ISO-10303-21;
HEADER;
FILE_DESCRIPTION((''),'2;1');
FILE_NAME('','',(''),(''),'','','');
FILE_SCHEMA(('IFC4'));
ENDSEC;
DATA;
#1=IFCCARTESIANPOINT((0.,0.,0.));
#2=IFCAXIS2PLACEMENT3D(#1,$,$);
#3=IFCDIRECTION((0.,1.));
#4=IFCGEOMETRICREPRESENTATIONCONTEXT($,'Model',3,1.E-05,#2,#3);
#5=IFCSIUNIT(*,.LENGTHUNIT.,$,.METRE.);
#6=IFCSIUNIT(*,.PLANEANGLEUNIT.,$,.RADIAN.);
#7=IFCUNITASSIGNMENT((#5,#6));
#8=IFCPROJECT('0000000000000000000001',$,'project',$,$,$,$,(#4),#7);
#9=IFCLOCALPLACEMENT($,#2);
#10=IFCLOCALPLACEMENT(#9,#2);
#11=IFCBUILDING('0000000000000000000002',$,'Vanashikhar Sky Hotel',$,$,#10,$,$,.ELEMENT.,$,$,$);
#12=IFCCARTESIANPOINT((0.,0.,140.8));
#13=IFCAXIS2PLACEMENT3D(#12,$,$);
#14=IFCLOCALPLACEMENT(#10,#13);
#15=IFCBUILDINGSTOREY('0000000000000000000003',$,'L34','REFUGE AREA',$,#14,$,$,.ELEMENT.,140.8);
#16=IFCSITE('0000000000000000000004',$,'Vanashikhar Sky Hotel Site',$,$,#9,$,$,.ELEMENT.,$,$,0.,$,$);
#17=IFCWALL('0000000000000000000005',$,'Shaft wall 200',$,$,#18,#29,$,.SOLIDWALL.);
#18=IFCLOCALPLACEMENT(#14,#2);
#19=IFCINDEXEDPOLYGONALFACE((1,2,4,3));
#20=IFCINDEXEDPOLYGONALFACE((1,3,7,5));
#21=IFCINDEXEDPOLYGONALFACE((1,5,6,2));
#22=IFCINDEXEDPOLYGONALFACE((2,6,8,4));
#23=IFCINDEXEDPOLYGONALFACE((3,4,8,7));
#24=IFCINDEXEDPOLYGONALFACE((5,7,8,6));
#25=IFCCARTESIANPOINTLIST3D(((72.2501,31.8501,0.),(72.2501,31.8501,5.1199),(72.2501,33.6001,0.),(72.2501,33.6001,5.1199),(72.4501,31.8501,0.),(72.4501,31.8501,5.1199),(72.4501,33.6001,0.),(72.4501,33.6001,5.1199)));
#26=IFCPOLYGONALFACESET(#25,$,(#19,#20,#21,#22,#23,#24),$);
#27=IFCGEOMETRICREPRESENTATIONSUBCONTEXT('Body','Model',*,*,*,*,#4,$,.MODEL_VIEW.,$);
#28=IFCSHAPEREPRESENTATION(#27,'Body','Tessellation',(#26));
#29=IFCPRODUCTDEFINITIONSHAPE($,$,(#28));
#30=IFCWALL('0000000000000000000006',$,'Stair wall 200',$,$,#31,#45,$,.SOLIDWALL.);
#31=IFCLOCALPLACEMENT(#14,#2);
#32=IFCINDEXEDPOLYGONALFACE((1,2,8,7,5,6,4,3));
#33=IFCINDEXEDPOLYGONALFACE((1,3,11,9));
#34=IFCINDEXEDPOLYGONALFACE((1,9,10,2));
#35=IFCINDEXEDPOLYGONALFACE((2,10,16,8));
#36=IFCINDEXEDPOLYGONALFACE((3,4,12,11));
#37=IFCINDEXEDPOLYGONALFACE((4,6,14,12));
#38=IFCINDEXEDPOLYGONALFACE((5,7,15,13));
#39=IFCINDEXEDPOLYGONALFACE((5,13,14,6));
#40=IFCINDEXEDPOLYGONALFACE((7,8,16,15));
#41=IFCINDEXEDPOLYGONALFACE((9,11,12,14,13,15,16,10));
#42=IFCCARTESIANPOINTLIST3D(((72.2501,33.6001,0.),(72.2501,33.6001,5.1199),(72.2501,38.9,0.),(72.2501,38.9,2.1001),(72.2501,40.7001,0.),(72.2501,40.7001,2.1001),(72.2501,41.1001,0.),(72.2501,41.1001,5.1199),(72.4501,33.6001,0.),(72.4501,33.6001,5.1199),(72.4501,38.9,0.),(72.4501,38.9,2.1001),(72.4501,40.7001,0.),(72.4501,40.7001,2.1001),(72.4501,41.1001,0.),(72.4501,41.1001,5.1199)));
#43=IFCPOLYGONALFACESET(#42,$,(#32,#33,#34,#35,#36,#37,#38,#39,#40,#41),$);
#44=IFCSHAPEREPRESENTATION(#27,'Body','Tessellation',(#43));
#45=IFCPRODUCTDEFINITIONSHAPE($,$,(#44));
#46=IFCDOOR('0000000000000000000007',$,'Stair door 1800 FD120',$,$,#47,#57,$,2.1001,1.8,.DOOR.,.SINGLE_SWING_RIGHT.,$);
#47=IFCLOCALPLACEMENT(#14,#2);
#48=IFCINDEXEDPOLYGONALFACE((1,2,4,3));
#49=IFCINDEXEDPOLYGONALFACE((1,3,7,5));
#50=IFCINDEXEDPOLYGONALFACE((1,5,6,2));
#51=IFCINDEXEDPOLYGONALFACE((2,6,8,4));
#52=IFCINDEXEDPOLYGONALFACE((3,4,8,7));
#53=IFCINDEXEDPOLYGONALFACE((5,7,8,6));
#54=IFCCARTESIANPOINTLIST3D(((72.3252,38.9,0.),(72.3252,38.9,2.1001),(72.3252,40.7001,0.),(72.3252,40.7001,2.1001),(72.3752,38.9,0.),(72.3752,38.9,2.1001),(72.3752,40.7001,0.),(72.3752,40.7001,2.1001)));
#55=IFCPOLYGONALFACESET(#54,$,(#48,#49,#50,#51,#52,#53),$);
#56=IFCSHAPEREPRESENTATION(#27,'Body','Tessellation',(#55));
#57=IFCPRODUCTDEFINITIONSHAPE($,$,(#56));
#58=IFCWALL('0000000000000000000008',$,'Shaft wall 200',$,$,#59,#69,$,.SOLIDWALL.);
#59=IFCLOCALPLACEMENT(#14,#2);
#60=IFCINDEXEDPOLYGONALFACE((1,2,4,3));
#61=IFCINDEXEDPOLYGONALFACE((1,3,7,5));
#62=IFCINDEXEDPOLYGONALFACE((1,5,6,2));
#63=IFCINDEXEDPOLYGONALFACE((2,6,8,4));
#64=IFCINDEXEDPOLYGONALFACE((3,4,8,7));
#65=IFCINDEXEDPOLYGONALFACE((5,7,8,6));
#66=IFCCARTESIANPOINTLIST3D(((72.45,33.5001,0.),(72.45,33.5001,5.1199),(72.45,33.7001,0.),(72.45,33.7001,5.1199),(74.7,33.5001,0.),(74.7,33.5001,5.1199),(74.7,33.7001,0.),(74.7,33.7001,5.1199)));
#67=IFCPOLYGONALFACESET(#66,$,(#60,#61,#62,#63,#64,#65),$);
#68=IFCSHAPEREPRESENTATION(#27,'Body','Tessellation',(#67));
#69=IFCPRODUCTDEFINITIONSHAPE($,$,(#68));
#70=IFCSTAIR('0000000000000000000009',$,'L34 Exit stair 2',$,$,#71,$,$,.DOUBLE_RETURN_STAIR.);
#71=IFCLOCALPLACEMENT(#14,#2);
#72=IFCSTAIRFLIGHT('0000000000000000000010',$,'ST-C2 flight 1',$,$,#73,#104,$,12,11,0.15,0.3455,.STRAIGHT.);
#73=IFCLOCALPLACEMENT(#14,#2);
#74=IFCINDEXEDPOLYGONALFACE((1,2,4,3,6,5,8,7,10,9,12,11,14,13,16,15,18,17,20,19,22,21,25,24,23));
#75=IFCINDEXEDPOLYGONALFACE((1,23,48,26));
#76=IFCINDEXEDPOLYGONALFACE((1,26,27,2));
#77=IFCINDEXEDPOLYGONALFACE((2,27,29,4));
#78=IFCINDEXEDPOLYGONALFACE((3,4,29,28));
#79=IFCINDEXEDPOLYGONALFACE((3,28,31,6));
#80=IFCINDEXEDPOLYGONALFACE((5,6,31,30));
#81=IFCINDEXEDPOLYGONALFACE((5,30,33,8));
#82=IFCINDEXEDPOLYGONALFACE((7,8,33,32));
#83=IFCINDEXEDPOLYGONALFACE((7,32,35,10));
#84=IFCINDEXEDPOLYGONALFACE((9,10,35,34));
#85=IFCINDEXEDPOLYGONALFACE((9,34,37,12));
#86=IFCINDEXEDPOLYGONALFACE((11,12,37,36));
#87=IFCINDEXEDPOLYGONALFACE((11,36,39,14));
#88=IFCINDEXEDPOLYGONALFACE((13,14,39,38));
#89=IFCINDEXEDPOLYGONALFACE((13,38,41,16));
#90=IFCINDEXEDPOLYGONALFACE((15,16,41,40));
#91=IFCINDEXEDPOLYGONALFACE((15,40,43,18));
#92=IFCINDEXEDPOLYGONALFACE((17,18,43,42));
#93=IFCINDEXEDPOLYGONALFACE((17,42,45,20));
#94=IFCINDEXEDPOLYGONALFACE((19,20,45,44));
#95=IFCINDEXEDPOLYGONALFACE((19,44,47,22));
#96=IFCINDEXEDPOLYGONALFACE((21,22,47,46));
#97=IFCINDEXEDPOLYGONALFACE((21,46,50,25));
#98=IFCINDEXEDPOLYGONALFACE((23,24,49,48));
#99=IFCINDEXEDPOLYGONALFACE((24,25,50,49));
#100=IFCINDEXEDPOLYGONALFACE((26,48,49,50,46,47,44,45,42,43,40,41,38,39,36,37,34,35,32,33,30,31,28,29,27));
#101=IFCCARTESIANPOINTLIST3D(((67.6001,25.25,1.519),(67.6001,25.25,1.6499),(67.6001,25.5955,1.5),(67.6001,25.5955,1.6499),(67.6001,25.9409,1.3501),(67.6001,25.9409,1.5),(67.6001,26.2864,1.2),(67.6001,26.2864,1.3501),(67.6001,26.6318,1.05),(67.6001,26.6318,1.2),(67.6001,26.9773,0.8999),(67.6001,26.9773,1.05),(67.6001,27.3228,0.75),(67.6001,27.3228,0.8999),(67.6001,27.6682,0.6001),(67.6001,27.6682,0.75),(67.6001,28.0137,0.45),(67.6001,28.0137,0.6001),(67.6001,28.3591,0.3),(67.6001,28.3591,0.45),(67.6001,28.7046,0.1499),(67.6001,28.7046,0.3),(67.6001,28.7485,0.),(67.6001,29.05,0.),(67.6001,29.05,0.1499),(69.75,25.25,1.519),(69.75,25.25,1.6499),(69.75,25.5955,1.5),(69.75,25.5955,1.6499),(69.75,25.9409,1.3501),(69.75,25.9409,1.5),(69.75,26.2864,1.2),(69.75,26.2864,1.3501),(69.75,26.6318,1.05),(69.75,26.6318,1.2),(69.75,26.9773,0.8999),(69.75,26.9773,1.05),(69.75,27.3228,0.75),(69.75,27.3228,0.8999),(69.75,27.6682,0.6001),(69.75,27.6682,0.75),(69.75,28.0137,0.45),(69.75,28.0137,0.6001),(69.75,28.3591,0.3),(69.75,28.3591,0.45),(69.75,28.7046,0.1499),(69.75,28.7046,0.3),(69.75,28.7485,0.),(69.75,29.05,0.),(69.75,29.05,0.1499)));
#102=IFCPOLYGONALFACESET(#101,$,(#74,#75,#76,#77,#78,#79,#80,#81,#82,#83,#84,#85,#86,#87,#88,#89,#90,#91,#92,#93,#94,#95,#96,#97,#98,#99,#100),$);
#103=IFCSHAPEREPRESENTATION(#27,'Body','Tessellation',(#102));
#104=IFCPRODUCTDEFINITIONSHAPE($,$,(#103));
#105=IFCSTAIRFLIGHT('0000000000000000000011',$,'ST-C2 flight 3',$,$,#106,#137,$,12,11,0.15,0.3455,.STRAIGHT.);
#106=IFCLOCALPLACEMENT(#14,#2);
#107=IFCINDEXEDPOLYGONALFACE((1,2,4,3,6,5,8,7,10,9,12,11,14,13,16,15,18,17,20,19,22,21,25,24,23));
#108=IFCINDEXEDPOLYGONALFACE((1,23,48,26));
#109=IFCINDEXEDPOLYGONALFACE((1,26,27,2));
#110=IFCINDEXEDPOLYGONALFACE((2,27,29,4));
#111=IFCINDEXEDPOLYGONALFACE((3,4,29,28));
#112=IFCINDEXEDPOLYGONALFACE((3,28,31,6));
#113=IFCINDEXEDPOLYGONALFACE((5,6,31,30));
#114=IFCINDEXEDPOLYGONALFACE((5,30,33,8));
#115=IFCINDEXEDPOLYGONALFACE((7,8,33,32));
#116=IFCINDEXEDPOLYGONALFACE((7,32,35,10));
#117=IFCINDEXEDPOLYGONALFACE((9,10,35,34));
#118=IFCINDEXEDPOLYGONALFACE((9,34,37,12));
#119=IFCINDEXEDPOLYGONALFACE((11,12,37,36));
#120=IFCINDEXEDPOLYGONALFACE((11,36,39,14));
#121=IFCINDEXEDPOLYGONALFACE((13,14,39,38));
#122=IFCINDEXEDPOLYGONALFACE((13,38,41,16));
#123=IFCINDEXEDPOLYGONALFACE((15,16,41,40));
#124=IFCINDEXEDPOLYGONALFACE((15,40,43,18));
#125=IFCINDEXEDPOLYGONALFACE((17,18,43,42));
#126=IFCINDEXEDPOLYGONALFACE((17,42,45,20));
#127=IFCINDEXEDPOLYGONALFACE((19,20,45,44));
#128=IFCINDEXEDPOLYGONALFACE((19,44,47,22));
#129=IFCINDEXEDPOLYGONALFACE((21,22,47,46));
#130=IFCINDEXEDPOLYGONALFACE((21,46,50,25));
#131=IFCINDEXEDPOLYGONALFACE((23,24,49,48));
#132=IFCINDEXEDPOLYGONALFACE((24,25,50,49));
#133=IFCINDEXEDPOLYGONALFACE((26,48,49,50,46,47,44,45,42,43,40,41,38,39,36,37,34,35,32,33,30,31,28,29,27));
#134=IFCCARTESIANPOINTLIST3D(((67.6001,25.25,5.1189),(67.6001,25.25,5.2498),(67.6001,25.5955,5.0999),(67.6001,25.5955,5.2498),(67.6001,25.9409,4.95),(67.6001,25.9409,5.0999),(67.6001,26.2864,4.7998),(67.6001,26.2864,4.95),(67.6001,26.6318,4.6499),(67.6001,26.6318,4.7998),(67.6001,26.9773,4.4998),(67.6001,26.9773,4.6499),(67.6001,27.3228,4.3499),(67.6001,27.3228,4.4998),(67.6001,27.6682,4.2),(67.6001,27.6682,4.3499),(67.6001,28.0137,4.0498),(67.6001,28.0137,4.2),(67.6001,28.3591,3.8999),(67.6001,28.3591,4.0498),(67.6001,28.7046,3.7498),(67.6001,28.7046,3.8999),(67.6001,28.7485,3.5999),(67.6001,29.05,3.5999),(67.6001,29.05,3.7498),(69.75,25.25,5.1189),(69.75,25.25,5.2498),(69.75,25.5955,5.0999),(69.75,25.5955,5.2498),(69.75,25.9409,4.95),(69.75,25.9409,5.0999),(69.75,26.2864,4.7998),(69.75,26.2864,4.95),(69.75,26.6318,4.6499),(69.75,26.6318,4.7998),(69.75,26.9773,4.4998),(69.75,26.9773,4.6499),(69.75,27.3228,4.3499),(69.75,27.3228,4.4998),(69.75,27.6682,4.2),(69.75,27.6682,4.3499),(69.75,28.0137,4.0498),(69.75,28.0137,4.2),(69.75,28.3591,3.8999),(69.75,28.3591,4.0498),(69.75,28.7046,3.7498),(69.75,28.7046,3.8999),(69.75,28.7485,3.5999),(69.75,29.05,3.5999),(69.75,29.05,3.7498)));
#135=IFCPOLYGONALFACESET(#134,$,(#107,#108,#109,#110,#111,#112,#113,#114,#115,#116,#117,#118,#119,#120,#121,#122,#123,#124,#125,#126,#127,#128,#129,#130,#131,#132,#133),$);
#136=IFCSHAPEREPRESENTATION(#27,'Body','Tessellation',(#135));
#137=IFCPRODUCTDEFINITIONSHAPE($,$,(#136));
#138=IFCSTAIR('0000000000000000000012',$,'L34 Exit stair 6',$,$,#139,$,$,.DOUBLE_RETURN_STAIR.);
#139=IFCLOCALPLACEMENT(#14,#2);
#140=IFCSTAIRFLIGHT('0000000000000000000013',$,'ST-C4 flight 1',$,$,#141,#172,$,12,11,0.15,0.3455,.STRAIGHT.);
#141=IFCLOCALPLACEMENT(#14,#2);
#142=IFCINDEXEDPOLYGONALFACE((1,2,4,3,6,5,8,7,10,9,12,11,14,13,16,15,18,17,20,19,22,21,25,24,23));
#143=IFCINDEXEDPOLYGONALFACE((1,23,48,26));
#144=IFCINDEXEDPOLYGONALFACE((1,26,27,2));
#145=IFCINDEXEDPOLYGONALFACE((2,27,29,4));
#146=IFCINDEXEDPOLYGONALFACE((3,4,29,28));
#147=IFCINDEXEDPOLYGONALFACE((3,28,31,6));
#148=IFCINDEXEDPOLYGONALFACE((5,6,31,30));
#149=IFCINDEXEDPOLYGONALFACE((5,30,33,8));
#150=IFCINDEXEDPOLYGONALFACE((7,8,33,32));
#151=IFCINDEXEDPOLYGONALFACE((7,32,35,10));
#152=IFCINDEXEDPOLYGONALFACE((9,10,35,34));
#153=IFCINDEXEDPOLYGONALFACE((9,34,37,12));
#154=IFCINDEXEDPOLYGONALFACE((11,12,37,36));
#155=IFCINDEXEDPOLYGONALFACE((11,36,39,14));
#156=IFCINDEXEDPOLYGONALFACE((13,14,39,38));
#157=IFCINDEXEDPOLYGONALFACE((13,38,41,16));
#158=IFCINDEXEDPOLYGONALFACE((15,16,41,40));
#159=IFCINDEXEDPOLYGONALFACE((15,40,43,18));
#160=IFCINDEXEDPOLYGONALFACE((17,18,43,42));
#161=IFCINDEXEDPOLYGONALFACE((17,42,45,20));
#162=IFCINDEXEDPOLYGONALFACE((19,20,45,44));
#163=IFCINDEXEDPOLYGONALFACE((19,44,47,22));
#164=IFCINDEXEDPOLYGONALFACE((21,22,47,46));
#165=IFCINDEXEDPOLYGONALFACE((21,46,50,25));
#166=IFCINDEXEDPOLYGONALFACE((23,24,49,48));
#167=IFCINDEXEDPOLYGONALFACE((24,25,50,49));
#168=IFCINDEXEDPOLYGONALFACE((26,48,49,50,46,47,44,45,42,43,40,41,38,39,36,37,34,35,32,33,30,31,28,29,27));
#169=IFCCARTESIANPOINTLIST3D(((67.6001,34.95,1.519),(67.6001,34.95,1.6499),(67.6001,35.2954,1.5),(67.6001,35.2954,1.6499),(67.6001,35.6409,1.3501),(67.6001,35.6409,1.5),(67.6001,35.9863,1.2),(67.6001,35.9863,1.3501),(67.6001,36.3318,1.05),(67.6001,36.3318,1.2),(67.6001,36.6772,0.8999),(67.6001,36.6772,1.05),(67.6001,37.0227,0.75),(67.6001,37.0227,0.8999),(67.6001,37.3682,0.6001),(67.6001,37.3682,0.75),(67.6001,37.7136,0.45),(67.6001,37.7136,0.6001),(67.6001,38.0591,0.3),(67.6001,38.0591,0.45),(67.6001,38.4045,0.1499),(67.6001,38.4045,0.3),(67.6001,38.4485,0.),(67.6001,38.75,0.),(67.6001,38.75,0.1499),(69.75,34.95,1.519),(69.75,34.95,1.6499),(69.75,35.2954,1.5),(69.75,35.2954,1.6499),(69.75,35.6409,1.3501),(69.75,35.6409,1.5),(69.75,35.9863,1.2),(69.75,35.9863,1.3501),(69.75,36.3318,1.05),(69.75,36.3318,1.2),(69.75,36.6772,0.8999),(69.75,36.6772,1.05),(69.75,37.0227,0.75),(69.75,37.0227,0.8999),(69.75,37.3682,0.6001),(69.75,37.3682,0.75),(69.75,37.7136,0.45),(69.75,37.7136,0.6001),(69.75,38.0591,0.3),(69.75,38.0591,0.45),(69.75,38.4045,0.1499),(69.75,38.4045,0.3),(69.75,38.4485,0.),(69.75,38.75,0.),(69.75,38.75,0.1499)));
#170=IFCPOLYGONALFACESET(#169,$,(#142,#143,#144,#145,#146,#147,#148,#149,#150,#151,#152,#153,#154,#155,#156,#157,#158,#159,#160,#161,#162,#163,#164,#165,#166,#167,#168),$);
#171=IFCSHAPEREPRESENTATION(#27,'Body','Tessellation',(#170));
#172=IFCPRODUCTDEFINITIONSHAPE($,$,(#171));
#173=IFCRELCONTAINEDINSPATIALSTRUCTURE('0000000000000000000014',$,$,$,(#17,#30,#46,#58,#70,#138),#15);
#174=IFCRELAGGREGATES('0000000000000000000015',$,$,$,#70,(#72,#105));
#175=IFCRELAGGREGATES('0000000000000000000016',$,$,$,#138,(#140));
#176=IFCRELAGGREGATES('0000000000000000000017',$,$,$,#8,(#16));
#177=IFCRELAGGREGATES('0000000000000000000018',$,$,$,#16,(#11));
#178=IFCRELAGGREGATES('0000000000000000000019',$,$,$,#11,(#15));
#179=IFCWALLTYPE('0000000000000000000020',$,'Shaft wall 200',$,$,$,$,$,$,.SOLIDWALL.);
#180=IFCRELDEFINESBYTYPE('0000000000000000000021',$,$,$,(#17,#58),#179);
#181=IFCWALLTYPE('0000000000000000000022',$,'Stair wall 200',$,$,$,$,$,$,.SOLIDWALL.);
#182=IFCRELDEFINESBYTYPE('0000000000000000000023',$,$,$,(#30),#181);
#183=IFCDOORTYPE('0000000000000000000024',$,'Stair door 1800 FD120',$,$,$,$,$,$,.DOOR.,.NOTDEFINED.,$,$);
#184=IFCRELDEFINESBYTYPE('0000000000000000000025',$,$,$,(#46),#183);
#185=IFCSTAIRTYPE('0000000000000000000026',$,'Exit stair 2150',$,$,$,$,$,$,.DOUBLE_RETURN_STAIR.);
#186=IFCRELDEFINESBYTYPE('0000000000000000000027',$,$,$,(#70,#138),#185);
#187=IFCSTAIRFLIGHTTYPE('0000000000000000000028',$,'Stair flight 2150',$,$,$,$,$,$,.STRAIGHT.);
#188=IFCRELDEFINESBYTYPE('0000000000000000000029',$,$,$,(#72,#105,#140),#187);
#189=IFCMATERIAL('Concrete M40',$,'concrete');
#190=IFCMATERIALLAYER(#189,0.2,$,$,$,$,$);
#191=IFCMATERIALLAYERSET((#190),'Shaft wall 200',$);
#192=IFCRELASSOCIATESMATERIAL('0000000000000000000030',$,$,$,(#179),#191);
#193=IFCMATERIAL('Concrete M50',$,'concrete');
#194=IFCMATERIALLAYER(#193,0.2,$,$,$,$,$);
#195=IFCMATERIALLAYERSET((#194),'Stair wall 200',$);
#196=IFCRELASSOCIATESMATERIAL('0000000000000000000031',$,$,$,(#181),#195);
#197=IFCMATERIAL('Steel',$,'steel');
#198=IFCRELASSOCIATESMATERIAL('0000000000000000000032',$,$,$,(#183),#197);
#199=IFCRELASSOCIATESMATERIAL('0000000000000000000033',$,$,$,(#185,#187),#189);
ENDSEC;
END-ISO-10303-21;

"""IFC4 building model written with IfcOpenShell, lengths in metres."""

from ifc_helpers import new_model, si_unit, direction, frame, frame_2d, origin, place, context, subcontext, project, spatial, polyline, rectangle, outline, extrude, source, transform, mapped, material, layer, layer_set, type_object, element, fill, aggregate, save


model = new_model("IFC4")

# Units and contexts
model_context = context("Model", 3, precision=1e-05, world=origin(), true_north=direction((0.0, 1.0)))
body_context = subcontext(model_context, "Body", "Model", "MODEL_VIEW")
ifc_project = project(units=[si_unit("LENGTHUNIT", "METRE"), si_unit("PLANEANGLEUNIT", "RADIAN")], contexts=[model_context])

# Site, building, storey
site_placement = place(None, origin())
site = spatial("IfcSite", under=ifc_project, at=site_placement, Name="Vanashikhar Sky Hotel Site", CompositionType="ELEMENT", RefElevation=0.0)
building_placement = place(site_placement, origin())
building = spatial("IfcBuilding", under=site, at=building_placement, Name="Vanashikhar Sky Hotel", CompositionType="ELEMENT")
storey_placement = place(building_placement, frame((0.0, 0.0, 140.8)))
storey = spatial("IfcBuildingStorey", under=building, at=storey_placement, Name="L34", Description="REFUGE AREA", CompositionType="ELEMENT", Elevation=140.8)

# Wall
ifc_material_1 = material(Name="Concrete M40", Category="concrete")
ifc_layer_1 = layer(ifc_material_1, 0.2)
ifc_layer_set_1 = layer_set([ifc_layer_1], Name="Shaft wall 200")
wall_type_1 = type_object("IfcWallType", Name="Shaft wall 200", PredefinedType="SOLIDWALL", material=ifc_layer_set_1)
shared_shape_1 = source(origin(), body_context, "Body", "SweptSolid", [
    extrude(rectangle(XDim=1.75, YDim=0.2, at=frame_2d((0.875, 0.0))), origin(), (0.0, 0.0, 1.0), 5.1199),
])
wall_1_placement = place(storey_placement, frame((72.3501, 31.8501, 0.0), z_axis=(0.0, 0.0, 1.0), x_axis=(0.0, 1.0, 0.0)))
element("IfcWall", 1, at=wall_1_placement, inside=storey, type_object=wall_type_1, Name="Shaft wall 200", PredefinedType="SOLIDWALL", context=body_context, shape_type="MappedRepresentation", body=[
    mapped(shared_shape_1, transform((0.0, 0.0, 0.0), scale=1.0)),
])

# Wall, opening, door
ifc_material_2 = material(Name="Concrete M50", Category="concrete")
ifc_layer_2 = layer(ifc_material_2, 0.2)
ifc_layer_set_2 = layer_set([ifc_layer_2], Name="Stair wall 200")
wall_type_2 = type_object("IfcWallType", Name="Stair wall 200", PredefinedType="SOLIDWALL", material=ifc_layer_set_2)
shared_shape_2 = source(origin(), body_context, "Body", "SweptSolid", [
    extrude(rectangle(XDim=7.5, YDim=0.2, at=frame_2d((3.75, 0.0))), origin(), (0.0, 0.0, 1.0), 5.1199),
])
wall_2_placement = place(storey_placement, frame((72.3501, 33.6001, 0.0), z_axis=(0.0, 0.0, 1.0), x_axis=(0.0, 1.0, 0.0)))
wall_2 = element("IfcWall", 2, at=wall_2_placement, inside=storey, type_object=wall_type_2, Name="Stair wall 200", PredefinedType="SOLIDWALL", context=body_context, shape_type="MappedRepresentation", body=[
    mapped(shared_shape_2, transform((0.0, 0.0, 0.0), scale=1.0)),
])
shared_shape_3 = source(origin(), body_context, "Body", "SweptSolid", [
    extrude(rectangle(XDim=1.8, YDim=2.1001, at=frame_2d((0.8999, 1.05))), frame((0.0, 0.1099, 0.0), z_axis=(0.0, -1.0, 0.0), x_axis=(1.0, 0.0, 0.0)), (0.0, 0.0, 1.0), 0.22),
])
opening_placement = place(wall_2_placement, frame((5.3, 0.0, 0.0)))
opening = element("IfcOpeningElement", 3, at=opening_placement, cuts=wall_2, PredefinedType="OPENING", context=body_context, shape_type="MappedRepresentation", body=[
    mapped(shared_shape_3, transform((0.0, 0.0, 0.0), scale=1.0)),
])
ifc_material_3 = material(Name="Steel", Category="steel")
door_type = type_object("IfcDoorType", Name="Stair door 1800 FD120", OperationType="NOTDEFINED", PredefinedType="DOOR", material=ifc_material_3)
shared_shape_4 = source(origin(), body_context, "Body", "SweptSolid", [
    extrude(rectangle(XDim=1.8, YDim=2.1001, at=frame_2d((0.8999, 1.05))), frame((0.0, 0.0249, 0.0), z_axis=(0.0, -1.0, 0.0), x_axis=(1.0, 0.0, 0.0)), (0.0, 0.0, 1.0), 0.05),
])
door_placement = place(opening_placement, origin())
door = element("IfcDoor", 4, at=door_placement, inside=storey, type_object=door_type, Name="Stair door 1800 FD120", OperationType="SINGLE_SWING_RIGHT", OverallHeight=2.1001, OverallWidth=1.8, PredefinedType="DOOR", context=body_context, shape_type="MappedRepresentation", body=[
    mapped(shared_shape_4, transform((0.0, 0.0, 0.0), scale=1.0)),
])
fill(opening, door)

# Wall
shared_shape_5 = source(origin(), body_context, "Body", "SweptSolid", [
    extrude(rectangle(XDim=2.25, YDim=0.2, at=frame_2d((1.125, 0.0))), origin(), (0.0, 0.0, 1.0), 5.1199),
])
wall_3_placement = place(storey_placement, frame((72.45, 33.6001, 0.0), z_axis=(0.0, 0.0, 1.0), x_axis=(1.0, 0.0, 0.0)))
element("IfcWall", 5, at=wall_3_placement, inside=storey, type_object=wall_type_1, Name="Shaft wall 200", PredefinedType="SOLIDWALL", context=body_context, shape_type="MappedRepresentation", body=[
    mapped(shared_shape_5, transform((0.0, 0.0, 0.0), scale=1.0)),
])

# Stairs, stair flights
stair_type = type_object("IfcStairType", Name="Exit stair 2150", PredefinedType="DOUBLE_RETURN_STAIR", material=ifc_material_1)
stair_1_placement = place(storey_placement, origin())
stair_1 = element("IfcStair", 6, at=stair_1_placement, inside=storey, type_object=stair_type, Name="L34 Exit stair 2", PredefinedType="DOUBLE_RETURN_STAIR")
stair_flight_type = type_object("IfcStairFlightType", Name="Stair flight 2150", PredefinedType="STRAIGHT", material=ifc_material_1)
shared_shape_6 = source(origin(), body_context, "Body", "SweptSolid", [
    extrude(outline(polyline([(0.0, 0.0), (0.0, 0.1499), (0.3455, 0.1499), (0.3455, 0.3), (0.6909, 0.3), (0.6909, 0.45), (1.0364, 0.45), (1.0364, 0.6001), (1.3818, 0.6001), (1.3818, 0.75), (1.7273, 0.75), (1.7273, 0.8999), (2.0728, 0.8999), (2.0728, 1.05), (2.4182, 1.05), (2.4182, 1.2), (2.7637, 1.2), (2.7637, 1.3501), (3.1091, 1.3501), (3.1091, 1.5), (3.4546, 1.5), (3.4546, 1.6499), (3.8, 1.6499), (3.8, 1.8), (3.8, 1.519), (0.3015, 0.0), (0.0, 0.0)])), frame((0.0, 1.075, 0.0), z_axis=(0.0, -1.0, 0.0), x_axis=(1.0, 0.0, 0.0)), (0.0, 0.0, 1.0), 2.1499),
])
stair_flight_1_placement = place(storey_placement, frame((68.675, 29.05, 0.0), z_axis=(0.0, 0.0, 1.0), x_axis=(0.0, -1.0, 0.0)))
stair_flight_1 = element("IfcStairFlight", 7, at=stair_flight_1_placement, type_object=stair_flight_type, Name="ST-C2 flight 1", NumberOfRisers=12, NumberOfTreads=11, PredefinedType="STRAIGHT", RiserHeight=0.15, TreadLength=0.3455, context=body_context, shape_type="MappedRepresentation", body=[
    mapped(shared_shape_6, transform((0.0, 0.0, 0.0), scale=1.0)),
])
stair_flight_2_placement = place(storey_placement, frame((68.675, 29.05, 3.5999), z_axis=(0.0, 0.0, 1.0), x_axis=(0.0, -1.0, 0.0)))
stair_flight_2 = element("IfcStairFlight", 8, at=stair_flight_2_placement, type_object=stair_flight_type, Name="ST-C2 flight 3", NumberOfRisers=12, NumberOfTreads=11, PredefinedType="STRAIGHT", RiserHeight=0.15, TreadLength=0.3455, context=body_context, shape_type="MappedRepresentation", body=[
    mapped(shared_shape_6, transform((0.0, 0.0, 0.0), scale=1.0)),
])
aggregate(stair_1, [stair_flight_1, stair_flight_2])
stair_2_placement = place(storey_placement, origin())
stair_2 = element("IfcStair", 9, at=stair_2_placement, inside=storey, type_object=stair_type, Name="L34 Exit stair 6", PredefinedType="DOUBLE_RETURN_STAIR")
stair_flight_3_placement = place(storey_placement, frame((68.675, 38.75, 0.0), z_axis=(0.0, 0.0, 1.0), x_axis=(0.0, -1.0, 0.0)))
stair_flight_3 = element("IfcStairFlight", 10, at=stair_flight_3_placement, type_object=stair_flight_type, Name="ST-C4 flight 1", NumberOfRisers=12, NumberOfTreads=11, PredefinedType="STRAIGHT", RiserHeight=0.15, TreadLength=0.3455, context=body_context, shape_type="MappedRepresentation", body=[
    mapped(shared_shape_6, transform((0.0, 0.0, 0.0), scale=1.0)),
])
aggregate(stair_2, [stair_flight_3])

save(model, "model.ifc")
